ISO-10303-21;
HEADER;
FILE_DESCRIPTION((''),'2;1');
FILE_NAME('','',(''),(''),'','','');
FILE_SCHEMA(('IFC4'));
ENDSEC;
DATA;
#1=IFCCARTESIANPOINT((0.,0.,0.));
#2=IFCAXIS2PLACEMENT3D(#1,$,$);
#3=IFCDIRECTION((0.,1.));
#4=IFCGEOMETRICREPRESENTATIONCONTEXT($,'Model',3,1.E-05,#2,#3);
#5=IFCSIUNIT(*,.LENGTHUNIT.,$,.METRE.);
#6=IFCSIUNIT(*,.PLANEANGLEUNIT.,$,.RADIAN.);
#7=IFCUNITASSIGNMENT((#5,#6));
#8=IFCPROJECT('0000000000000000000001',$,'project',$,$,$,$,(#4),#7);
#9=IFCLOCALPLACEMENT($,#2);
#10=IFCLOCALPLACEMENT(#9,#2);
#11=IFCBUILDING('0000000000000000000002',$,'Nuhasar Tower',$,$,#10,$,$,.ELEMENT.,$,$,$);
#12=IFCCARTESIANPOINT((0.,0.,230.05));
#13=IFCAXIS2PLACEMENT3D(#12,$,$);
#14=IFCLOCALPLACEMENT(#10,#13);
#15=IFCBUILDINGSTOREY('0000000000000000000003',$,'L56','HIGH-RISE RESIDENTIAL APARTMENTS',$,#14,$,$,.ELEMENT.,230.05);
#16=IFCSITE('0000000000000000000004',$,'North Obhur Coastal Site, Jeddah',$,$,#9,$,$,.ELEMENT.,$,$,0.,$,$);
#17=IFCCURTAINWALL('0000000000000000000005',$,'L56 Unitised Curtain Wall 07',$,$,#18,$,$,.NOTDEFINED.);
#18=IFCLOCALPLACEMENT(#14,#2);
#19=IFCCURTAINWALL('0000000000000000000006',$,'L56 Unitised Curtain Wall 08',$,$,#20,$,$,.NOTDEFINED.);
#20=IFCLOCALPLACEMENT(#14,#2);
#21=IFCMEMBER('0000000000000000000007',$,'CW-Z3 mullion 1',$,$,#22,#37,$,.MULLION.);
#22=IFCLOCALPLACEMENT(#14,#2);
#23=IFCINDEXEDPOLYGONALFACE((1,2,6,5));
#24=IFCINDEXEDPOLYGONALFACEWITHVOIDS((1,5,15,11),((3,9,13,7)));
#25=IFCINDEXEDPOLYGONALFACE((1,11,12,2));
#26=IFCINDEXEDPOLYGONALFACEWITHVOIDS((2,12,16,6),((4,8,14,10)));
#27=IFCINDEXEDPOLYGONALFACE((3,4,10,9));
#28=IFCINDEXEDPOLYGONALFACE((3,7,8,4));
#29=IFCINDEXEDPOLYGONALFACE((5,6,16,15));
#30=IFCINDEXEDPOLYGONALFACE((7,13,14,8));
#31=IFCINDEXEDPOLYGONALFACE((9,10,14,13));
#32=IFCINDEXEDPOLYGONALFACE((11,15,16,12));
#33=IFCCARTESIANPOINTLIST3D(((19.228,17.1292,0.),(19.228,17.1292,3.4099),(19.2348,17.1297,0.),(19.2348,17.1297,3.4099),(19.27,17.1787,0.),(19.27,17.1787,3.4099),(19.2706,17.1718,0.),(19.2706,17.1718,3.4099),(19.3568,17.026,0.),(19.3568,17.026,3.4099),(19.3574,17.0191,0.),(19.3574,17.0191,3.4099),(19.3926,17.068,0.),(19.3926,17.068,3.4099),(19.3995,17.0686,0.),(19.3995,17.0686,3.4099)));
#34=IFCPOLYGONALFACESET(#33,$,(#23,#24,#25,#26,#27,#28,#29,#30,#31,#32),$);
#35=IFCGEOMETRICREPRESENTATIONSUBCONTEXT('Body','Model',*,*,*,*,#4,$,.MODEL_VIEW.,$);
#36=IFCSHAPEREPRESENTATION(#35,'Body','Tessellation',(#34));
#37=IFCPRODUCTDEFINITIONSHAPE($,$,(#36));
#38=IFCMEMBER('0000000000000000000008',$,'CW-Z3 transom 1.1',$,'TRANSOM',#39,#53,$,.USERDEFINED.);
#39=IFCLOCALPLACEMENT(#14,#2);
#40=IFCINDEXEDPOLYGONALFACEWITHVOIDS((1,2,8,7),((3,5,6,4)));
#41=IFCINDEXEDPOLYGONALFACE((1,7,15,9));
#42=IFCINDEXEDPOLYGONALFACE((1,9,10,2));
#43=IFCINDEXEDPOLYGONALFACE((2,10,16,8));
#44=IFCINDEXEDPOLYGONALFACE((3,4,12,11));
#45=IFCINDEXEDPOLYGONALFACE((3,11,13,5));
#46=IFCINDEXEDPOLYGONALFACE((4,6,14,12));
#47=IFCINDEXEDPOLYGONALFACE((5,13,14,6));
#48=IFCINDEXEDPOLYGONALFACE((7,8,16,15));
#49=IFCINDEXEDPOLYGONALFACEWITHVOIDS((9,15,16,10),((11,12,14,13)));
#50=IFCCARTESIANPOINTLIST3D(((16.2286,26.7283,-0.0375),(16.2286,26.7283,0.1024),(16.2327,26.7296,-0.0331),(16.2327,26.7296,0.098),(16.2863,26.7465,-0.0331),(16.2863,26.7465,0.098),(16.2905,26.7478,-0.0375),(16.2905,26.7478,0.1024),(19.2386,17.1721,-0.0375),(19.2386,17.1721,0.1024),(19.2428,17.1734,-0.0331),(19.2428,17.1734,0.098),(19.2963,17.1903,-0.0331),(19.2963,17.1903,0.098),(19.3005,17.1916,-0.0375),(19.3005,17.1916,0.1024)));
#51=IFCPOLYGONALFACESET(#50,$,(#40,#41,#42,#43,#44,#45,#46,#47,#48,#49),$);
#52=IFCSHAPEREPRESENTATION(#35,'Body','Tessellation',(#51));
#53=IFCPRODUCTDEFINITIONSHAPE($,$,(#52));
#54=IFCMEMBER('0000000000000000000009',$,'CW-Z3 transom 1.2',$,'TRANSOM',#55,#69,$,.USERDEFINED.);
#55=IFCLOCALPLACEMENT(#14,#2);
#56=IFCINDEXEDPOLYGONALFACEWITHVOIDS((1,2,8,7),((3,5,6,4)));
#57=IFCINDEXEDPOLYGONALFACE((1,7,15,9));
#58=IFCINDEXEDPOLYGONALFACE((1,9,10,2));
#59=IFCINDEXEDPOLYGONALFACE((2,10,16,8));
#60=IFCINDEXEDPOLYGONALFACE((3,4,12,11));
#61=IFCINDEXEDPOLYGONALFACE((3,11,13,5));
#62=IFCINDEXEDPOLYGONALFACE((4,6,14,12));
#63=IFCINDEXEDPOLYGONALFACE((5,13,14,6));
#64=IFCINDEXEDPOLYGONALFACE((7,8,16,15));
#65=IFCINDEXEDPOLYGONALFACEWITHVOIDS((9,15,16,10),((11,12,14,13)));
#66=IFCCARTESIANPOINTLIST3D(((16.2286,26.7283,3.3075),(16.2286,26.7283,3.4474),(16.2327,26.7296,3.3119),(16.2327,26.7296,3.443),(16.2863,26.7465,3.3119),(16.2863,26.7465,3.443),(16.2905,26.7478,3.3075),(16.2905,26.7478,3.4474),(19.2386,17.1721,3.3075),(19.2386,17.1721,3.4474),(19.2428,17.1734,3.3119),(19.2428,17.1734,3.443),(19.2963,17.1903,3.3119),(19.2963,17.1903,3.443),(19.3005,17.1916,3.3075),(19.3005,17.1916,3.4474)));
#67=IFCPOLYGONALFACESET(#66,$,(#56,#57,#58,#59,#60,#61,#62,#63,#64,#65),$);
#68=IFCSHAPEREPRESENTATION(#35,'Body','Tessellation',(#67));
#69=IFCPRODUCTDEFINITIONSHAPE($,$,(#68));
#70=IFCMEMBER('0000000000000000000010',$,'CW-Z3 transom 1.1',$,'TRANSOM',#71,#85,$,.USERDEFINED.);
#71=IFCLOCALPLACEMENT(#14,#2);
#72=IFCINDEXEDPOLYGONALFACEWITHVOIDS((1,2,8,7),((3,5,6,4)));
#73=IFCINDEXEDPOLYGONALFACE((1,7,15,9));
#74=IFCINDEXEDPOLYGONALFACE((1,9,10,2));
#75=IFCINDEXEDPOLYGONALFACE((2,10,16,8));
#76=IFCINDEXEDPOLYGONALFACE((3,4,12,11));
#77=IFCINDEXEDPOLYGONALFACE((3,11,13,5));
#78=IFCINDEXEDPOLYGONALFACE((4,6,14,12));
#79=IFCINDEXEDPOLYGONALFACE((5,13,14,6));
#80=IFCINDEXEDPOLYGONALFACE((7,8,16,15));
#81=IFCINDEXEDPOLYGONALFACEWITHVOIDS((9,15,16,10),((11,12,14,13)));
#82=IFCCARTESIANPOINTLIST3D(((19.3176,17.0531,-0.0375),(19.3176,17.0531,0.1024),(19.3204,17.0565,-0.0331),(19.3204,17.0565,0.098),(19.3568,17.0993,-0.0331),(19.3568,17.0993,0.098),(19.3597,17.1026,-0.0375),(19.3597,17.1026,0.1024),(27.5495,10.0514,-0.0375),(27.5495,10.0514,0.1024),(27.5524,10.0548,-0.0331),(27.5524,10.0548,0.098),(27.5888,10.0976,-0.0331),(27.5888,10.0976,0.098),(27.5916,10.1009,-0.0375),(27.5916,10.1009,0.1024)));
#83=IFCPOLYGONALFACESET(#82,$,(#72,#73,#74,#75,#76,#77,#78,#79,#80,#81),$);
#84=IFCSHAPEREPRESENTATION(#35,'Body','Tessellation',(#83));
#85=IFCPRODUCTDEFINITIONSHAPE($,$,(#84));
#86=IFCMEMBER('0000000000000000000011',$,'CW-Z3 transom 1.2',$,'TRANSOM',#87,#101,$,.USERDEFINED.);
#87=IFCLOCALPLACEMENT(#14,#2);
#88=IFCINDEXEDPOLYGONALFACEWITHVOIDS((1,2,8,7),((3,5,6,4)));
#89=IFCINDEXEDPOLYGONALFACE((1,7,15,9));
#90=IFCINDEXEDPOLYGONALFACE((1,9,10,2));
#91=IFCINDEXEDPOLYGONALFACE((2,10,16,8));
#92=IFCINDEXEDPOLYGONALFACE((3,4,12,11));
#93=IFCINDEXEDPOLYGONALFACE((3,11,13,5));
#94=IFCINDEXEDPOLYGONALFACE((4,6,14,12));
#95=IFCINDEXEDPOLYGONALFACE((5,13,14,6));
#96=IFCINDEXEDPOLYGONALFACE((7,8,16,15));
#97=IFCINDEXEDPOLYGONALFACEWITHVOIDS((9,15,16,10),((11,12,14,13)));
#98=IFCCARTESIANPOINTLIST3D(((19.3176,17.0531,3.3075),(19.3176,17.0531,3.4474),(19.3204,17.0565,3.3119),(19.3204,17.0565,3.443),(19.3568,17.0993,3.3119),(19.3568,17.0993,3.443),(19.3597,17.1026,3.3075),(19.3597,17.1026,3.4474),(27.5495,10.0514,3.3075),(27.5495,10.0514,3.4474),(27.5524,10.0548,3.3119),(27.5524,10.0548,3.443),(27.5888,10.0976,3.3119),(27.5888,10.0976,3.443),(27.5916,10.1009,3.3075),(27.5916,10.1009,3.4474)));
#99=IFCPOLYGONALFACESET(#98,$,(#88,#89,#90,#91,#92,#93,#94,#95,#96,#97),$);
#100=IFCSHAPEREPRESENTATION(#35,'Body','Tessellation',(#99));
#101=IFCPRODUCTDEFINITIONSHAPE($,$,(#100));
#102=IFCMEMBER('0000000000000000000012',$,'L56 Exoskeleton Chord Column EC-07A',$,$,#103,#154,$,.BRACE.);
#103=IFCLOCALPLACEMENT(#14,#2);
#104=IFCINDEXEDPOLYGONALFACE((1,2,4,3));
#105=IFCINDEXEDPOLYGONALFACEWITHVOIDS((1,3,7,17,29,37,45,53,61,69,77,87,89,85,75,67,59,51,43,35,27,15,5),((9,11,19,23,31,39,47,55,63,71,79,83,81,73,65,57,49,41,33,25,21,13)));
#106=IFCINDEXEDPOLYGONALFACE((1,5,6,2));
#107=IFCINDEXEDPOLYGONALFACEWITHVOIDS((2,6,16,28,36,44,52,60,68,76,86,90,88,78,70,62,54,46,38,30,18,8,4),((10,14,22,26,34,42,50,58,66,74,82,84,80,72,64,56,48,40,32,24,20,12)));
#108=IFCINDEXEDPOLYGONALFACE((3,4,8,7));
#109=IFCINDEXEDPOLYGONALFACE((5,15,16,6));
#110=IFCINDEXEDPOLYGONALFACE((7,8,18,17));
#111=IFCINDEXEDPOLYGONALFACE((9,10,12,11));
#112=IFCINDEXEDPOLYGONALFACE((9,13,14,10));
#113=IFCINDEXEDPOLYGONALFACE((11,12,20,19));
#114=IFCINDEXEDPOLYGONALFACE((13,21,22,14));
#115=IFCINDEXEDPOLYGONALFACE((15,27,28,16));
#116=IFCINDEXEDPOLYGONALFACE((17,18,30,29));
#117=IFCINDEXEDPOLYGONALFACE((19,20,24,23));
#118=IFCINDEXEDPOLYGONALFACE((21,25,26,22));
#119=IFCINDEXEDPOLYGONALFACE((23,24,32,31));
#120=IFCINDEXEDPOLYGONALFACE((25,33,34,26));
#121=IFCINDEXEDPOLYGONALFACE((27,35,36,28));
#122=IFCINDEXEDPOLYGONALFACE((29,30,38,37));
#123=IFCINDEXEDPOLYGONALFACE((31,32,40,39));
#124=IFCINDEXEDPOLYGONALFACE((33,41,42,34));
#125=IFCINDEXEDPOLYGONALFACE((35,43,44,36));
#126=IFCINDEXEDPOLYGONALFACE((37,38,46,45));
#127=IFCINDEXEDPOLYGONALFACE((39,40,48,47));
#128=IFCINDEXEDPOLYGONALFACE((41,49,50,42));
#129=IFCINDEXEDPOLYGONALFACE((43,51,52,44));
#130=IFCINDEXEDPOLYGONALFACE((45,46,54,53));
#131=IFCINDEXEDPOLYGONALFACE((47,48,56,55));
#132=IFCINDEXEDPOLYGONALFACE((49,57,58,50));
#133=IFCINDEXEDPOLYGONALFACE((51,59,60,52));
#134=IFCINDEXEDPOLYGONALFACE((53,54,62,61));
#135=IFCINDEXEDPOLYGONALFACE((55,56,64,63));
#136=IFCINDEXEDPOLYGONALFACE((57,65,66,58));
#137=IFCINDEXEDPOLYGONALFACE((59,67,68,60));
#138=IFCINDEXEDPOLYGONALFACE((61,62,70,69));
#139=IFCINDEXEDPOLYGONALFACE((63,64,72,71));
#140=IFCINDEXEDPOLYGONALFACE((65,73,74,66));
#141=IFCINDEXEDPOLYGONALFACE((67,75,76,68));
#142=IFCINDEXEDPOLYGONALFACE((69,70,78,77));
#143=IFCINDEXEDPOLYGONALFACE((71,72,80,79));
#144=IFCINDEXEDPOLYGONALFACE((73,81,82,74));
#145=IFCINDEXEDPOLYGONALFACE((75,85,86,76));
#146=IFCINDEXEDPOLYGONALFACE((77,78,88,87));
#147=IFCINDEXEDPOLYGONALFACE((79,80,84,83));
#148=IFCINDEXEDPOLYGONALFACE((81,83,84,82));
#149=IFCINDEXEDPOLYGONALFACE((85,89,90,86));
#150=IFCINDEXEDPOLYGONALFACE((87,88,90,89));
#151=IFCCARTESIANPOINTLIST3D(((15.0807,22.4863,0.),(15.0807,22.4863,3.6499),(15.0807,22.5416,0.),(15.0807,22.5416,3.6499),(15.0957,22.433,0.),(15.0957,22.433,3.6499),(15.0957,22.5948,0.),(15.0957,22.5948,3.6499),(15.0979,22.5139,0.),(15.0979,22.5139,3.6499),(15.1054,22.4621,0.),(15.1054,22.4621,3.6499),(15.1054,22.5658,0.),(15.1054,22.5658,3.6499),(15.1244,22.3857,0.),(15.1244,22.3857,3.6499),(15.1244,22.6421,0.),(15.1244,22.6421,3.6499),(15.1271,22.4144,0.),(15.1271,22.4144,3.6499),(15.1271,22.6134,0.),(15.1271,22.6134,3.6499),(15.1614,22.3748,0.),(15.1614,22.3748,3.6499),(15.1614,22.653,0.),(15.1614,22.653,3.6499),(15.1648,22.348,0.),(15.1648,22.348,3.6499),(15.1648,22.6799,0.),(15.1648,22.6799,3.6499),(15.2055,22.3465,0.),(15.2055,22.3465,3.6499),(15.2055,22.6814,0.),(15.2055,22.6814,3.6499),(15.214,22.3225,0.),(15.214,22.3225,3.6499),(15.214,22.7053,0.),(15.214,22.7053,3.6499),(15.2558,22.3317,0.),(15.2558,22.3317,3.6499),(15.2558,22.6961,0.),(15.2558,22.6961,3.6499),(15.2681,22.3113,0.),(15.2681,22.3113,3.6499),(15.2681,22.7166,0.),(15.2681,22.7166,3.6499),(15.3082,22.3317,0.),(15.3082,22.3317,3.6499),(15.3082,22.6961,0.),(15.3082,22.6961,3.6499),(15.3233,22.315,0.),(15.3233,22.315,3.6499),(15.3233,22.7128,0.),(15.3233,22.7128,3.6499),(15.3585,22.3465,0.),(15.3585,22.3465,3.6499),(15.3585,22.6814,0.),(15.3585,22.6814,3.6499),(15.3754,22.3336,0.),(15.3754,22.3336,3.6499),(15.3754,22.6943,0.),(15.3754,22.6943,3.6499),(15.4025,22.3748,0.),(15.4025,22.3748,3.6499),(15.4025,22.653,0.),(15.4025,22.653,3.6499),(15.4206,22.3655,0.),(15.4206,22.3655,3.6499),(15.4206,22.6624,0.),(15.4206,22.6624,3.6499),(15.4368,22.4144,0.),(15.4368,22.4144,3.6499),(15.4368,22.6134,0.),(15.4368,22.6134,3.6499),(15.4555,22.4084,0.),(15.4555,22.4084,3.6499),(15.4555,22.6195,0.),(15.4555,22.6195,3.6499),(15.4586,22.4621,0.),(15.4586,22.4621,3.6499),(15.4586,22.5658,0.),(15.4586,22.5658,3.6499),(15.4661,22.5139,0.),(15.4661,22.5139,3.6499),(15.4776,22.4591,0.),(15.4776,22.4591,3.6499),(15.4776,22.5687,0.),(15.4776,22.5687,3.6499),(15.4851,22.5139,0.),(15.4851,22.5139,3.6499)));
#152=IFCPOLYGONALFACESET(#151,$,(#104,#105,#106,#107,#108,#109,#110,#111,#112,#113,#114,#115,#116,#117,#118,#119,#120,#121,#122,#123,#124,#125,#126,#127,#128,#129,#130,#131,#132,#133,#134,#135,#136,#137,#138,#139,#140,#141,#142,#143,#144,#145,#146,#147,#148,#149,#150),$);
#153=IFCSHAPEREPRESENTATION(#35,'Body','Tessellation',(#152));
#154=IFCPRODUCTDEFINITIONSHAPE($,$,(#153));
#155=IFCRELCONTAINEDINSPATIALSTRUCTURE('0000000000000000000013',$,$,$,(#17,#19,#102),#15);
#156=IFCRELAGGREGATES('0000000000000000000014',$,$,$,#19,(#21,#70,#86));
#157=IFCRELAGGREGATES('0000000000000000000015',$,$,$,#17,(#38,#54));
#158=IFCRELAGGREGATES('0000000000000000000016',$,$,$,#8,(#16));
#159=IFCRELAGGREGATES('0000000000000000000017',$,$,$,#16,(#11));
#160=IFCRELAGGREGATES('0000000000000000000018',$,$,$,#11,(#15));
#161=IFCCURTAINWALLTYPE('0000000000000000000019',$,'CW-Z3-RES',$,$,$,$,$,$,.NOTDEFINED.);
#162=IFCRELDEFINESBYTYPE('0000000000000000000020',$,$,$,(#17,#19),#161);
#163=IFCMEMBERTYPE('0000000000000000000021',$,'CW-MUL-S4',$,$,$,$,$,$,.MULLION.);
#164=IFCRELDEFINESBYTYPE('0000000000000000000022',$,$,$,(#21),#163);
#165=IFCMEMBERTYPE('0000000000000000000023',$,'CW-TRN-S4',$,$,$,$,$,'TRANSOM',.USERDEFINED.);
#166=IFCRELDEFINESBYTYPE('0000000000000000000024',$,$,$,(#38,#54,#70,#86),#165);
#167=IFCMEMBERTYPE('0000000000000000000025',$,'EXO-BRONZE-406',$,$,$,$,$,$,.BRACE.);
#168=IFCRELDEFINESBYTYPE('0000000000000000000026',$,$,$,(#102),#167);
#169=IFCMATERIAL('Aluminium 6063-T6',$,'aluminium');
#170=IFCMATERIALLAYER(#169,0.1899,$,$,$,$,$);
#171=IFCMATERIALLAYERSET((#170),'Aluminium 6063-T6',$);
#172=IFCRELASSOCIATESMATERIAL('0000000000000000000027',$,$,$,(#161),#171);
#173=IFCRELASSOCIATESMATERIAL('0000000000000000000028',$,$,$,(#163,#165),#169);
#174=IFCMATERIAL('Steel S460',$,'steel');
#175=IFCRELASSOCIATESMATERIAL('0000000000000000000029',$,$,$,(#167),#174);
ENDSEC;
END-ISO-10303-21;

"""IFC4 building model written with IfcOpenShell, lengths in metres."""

from ifc_helpers import new_model, si_unit, direction, frame, origin, origin_2d, place, context, subcontext, project, spatial, hollow_rectangle, hollow_circle, extrude, material, layer, layer_set, material_profile, profile_set, type_object, element, aggregate, save


model = new_model("IFC4")

# Units and contexts
model_context = context("Model", 3, precision=1e-05, world=origin(), true_north=direction((0.0, 1.0)))
body_context = subcontext(model_context, "Body", "Model", "MODEL_VIEW")
ifc_project = project(units=[si_unit("LENGTHUNIT", "METRE"), si_unit("PLANEANGLEUNIT", "RADIAN")], contexts=[model_context])

# Site, building, storey
site_placement = place(None, origin())
site = spatial("IfcSite", under=ifc_project, at=site_placement, Name="North Obhur Coastal Site, Jeddah", CompositionType="ELEMENT", RefElevation=0.0)
building_placement = place(site_placement, origin())
building = spatial("IfcBuilding", under=site, at=building_placement, Name="Nuhasar Tower", CompositionType="ELEMENT")
storey_placement = place(building_placement, frame((0.0, 0.0, 230.05)))
storey = spatial("IfcBuildingStorey", under=building, at=storey_placement, Name="L56", Description="HIGH-RISE RESIDENTIAL APARTMENTS", CompositionType="ELEMENT", Elevation=230.05)

# Curtain wall
ifc_material_1 = material(Name="Aluminium 6063-T6", Category="aluminium")
ifc_layer_1 = layer(ifc_material_1, 0.1899)
ifc_layer_set_1 = layer_set([ifc_layer_1], Name="Aluminium 6063-T6")
curtain_wall_type = type_object("IfcCurtainWallType", Name="CW-Z3-RES", PredefinedType="NOTDEFINED", material=ifc_layer_set_1)
curtain_wall_1_placement = place(storey_placement, origin())
curtain_wall_1 = element("IfcCurtainWall", 1, at=curtain_wall_1_placement, inside=storey, type_object=curtain_wall_type, Name="L56 Unitised Curtain Wall 07", PredefinedType="NOTDEFINED")
ifc_material_profile_1 = material_profile(ifc_material_1, hollow_rectangle(XDim=0.0649, YDim=0.1699, WallThickness=0.0049, at=origin_2d()), Name="CWM-4")
ifc_profile_set_1 = profile_set([ifc_material_profile_1], Name="Aluminium 6063-T6")
member_type_1 = type_object("IfcMemberType", Name="CW-MUL-S4", PredefinedType="MULLION", material=ifc_profile_set_1)

# Curtain wall, member
curtain_wall_2_placement = place(storey_placement, origin())
curtain_wall_2 = element("IfcCurtainWall", 2, at=curtain_wall_2_placement, inside=storey, type_object=curtain_wall_type, Name="L56 Unitised Curtain Wall 08", PredefinedType="NOTDEFINED")
member_1_placement = place(storey_placement, frame((19.3137, 17.0989, 0.0), z_axis=(0.0, 0.0, 1.0), x_axis=(0.647895, 0.761729, 0.0)))
member_1 = element("IfcMember", 3, at=member_1_placement, type_object=member_type_1, Name="CW-Z3 mullion 1", PredefinedType="MULLION", context=body_context, shape_type="SweptSolid", body=[
    extrude(hollow_rectangle(XDim=0.0649, YDim=0.1699, WallThickness=0.0049, at=origin_2d()), origin(), (0.0, 0.0, 1.0), 3.4099),
])

# Members
ifc_material_profile_2 = material_profile(ifc_material_1, hollow_rectangle(XDim=0.0649, YDim=0.1399, WallThickness=0.0044, at=origin_2d()), Name="CWT-4")
ifc_profile_set_2 = profile_set([ifc_material_profile_2], Name="Aluminium 6063-T6")
member_type_2 = type_object("IfcMemberType", Name="CW-TRN-S4", ElementType="TRANSOM", PredefinedType="USERDEFINED", material=ifc_profile_set_2)
member_2_placement = place(storey_placement, frame((16.2595, 26.738, 0.0325), z_axis=(0.30043, -0.953804, 0.0), x_axis=(0.953804, 0.30043, 0.0)))
member_2 = element("IfcMember", 4, at=member_2_placement, type_object=member_type_2, Name="CW-Z3 transom 1.1", ObjectType="TRANSOM", PredefinedType="USERDEFINED", context=body_context, shape_type="SweptSolid", body=[
    extrude(hollow_rectangle(XDim=0.0649, YDim=0.1399, WallThickness=0.0044, at=origin_2d()), origin(), (0.0, 0.0, 1.0), 10.019),
])
member_3_placement = place(storey_placement, frame((16.2595, 26.738, 3.3774), z_axis=(0.30043, -0.953804, 0.0), x_axis=(0.953804, 0.30043, 0.0)))
member_3 = element("IfcMember", 5, at=member_3_placement, type_object=member_type_2, Name="CW-Z3 transom 1.2", ObjectType="TRANSOM", PredefinedType="USERDEFINED", context=body_context, shape_type="SweptSolid", body=[
    extrude(hollow_rectangle(XDim=0.0649, YDim=0.1399, WallThickness=0.0044, at=origin_2d()), origin(), (0.0, 0.0, 1.0), 10.019),
])
member_4_placement = place(storey_placement, frame((19.3386, 17.0779, 0.0325), z_axis=(0.761731, -0.647894, 0.0), x_axis=(0.647894, 0.761731, 0.0)))
member_4 = element("IfcMember", 6, at=member_4_placement, type_object=member_type_2, Name="CW-Z3 transom 1.1", ObjectType="TRANSOM", PredefinedType="USERDEFINED", context=body_context, shape_type="SweptSolid", body=[
    extrude(hollow_rectangle(XDim=0.0649, YDim=0.1399, WallThickness=0.0044, at=origin_2d()), origin(), (0.0, 0.0, 1.0), 10.8069),
])
member_5_placement = place(storey_placement, frame((19.3386, 17.0779, 3.3774), z_axis=(0.761731, -0.647894, 0.0), x_axis=(0.647894, 0.761731, 0.0)))
member_5 = element("IfcMember", 7, at=member_5_placement, type_object=member_type_2, Name="CW-Z3 transom 1.2", ObjectType="TRANSOM", PredefinedType="USERDEFINED", context=body_context, shape_type="SweptSolid", body=[
    extrude(hollow_rectangle(XDim=0.0649, YDim=0.1399, WallThickness=0.0044, at=origin_2d()), origin(), (0.0, 0.0, 1.0), 10.8069),
])
aggregate(curtain_wall_2, [member_1, member_4, member_5])

# Member
ifc_material_2 = material(Name="Steel S460", Category="steel")
ifc_material_profile_3 = material_profile(ifc_material_2, hollow_circle(Radius=0.2031, WallThickness=0.019, at=origin_2d()), Name="HSS406.4X19.1")
ifc_profile_set_3 = profile_set([ifc_material_profile_3], Name="Steel S460")
member_type_3 = type_object("IfcMemberType", Name="EXO-BRONZE-406", PredefinedType="BRACE", material=ifc_profile_set_3)
for number, where, z_axis, x_axis, name in (
    (8, (15.282, 22.5139, 0.0), (0.0, 0.0, 1.0), (1.0, 0.0, 0.0), "L56 Exoskeleton Chord Column EC-07A"),
):
    element("IfcMember", number, at=place(storey_placement, frame(where, z_axis=z_axis, x_axis=x_axis)), inside=storey, type_object=member_type_3, Name=name, PredefinedType="BRACE", context=body_context, shape_type="SweptSolid", body=[
        extrude(hollow_circle(Radius=0.2031, WallThickness=0.019, at=origin_2d()), origin(), (0.0, 0.0, 1.0), 3.6499),
    ])

aggregate(curtain_wall_1, [member_2, member_3])

save(model, "model.ifc")
